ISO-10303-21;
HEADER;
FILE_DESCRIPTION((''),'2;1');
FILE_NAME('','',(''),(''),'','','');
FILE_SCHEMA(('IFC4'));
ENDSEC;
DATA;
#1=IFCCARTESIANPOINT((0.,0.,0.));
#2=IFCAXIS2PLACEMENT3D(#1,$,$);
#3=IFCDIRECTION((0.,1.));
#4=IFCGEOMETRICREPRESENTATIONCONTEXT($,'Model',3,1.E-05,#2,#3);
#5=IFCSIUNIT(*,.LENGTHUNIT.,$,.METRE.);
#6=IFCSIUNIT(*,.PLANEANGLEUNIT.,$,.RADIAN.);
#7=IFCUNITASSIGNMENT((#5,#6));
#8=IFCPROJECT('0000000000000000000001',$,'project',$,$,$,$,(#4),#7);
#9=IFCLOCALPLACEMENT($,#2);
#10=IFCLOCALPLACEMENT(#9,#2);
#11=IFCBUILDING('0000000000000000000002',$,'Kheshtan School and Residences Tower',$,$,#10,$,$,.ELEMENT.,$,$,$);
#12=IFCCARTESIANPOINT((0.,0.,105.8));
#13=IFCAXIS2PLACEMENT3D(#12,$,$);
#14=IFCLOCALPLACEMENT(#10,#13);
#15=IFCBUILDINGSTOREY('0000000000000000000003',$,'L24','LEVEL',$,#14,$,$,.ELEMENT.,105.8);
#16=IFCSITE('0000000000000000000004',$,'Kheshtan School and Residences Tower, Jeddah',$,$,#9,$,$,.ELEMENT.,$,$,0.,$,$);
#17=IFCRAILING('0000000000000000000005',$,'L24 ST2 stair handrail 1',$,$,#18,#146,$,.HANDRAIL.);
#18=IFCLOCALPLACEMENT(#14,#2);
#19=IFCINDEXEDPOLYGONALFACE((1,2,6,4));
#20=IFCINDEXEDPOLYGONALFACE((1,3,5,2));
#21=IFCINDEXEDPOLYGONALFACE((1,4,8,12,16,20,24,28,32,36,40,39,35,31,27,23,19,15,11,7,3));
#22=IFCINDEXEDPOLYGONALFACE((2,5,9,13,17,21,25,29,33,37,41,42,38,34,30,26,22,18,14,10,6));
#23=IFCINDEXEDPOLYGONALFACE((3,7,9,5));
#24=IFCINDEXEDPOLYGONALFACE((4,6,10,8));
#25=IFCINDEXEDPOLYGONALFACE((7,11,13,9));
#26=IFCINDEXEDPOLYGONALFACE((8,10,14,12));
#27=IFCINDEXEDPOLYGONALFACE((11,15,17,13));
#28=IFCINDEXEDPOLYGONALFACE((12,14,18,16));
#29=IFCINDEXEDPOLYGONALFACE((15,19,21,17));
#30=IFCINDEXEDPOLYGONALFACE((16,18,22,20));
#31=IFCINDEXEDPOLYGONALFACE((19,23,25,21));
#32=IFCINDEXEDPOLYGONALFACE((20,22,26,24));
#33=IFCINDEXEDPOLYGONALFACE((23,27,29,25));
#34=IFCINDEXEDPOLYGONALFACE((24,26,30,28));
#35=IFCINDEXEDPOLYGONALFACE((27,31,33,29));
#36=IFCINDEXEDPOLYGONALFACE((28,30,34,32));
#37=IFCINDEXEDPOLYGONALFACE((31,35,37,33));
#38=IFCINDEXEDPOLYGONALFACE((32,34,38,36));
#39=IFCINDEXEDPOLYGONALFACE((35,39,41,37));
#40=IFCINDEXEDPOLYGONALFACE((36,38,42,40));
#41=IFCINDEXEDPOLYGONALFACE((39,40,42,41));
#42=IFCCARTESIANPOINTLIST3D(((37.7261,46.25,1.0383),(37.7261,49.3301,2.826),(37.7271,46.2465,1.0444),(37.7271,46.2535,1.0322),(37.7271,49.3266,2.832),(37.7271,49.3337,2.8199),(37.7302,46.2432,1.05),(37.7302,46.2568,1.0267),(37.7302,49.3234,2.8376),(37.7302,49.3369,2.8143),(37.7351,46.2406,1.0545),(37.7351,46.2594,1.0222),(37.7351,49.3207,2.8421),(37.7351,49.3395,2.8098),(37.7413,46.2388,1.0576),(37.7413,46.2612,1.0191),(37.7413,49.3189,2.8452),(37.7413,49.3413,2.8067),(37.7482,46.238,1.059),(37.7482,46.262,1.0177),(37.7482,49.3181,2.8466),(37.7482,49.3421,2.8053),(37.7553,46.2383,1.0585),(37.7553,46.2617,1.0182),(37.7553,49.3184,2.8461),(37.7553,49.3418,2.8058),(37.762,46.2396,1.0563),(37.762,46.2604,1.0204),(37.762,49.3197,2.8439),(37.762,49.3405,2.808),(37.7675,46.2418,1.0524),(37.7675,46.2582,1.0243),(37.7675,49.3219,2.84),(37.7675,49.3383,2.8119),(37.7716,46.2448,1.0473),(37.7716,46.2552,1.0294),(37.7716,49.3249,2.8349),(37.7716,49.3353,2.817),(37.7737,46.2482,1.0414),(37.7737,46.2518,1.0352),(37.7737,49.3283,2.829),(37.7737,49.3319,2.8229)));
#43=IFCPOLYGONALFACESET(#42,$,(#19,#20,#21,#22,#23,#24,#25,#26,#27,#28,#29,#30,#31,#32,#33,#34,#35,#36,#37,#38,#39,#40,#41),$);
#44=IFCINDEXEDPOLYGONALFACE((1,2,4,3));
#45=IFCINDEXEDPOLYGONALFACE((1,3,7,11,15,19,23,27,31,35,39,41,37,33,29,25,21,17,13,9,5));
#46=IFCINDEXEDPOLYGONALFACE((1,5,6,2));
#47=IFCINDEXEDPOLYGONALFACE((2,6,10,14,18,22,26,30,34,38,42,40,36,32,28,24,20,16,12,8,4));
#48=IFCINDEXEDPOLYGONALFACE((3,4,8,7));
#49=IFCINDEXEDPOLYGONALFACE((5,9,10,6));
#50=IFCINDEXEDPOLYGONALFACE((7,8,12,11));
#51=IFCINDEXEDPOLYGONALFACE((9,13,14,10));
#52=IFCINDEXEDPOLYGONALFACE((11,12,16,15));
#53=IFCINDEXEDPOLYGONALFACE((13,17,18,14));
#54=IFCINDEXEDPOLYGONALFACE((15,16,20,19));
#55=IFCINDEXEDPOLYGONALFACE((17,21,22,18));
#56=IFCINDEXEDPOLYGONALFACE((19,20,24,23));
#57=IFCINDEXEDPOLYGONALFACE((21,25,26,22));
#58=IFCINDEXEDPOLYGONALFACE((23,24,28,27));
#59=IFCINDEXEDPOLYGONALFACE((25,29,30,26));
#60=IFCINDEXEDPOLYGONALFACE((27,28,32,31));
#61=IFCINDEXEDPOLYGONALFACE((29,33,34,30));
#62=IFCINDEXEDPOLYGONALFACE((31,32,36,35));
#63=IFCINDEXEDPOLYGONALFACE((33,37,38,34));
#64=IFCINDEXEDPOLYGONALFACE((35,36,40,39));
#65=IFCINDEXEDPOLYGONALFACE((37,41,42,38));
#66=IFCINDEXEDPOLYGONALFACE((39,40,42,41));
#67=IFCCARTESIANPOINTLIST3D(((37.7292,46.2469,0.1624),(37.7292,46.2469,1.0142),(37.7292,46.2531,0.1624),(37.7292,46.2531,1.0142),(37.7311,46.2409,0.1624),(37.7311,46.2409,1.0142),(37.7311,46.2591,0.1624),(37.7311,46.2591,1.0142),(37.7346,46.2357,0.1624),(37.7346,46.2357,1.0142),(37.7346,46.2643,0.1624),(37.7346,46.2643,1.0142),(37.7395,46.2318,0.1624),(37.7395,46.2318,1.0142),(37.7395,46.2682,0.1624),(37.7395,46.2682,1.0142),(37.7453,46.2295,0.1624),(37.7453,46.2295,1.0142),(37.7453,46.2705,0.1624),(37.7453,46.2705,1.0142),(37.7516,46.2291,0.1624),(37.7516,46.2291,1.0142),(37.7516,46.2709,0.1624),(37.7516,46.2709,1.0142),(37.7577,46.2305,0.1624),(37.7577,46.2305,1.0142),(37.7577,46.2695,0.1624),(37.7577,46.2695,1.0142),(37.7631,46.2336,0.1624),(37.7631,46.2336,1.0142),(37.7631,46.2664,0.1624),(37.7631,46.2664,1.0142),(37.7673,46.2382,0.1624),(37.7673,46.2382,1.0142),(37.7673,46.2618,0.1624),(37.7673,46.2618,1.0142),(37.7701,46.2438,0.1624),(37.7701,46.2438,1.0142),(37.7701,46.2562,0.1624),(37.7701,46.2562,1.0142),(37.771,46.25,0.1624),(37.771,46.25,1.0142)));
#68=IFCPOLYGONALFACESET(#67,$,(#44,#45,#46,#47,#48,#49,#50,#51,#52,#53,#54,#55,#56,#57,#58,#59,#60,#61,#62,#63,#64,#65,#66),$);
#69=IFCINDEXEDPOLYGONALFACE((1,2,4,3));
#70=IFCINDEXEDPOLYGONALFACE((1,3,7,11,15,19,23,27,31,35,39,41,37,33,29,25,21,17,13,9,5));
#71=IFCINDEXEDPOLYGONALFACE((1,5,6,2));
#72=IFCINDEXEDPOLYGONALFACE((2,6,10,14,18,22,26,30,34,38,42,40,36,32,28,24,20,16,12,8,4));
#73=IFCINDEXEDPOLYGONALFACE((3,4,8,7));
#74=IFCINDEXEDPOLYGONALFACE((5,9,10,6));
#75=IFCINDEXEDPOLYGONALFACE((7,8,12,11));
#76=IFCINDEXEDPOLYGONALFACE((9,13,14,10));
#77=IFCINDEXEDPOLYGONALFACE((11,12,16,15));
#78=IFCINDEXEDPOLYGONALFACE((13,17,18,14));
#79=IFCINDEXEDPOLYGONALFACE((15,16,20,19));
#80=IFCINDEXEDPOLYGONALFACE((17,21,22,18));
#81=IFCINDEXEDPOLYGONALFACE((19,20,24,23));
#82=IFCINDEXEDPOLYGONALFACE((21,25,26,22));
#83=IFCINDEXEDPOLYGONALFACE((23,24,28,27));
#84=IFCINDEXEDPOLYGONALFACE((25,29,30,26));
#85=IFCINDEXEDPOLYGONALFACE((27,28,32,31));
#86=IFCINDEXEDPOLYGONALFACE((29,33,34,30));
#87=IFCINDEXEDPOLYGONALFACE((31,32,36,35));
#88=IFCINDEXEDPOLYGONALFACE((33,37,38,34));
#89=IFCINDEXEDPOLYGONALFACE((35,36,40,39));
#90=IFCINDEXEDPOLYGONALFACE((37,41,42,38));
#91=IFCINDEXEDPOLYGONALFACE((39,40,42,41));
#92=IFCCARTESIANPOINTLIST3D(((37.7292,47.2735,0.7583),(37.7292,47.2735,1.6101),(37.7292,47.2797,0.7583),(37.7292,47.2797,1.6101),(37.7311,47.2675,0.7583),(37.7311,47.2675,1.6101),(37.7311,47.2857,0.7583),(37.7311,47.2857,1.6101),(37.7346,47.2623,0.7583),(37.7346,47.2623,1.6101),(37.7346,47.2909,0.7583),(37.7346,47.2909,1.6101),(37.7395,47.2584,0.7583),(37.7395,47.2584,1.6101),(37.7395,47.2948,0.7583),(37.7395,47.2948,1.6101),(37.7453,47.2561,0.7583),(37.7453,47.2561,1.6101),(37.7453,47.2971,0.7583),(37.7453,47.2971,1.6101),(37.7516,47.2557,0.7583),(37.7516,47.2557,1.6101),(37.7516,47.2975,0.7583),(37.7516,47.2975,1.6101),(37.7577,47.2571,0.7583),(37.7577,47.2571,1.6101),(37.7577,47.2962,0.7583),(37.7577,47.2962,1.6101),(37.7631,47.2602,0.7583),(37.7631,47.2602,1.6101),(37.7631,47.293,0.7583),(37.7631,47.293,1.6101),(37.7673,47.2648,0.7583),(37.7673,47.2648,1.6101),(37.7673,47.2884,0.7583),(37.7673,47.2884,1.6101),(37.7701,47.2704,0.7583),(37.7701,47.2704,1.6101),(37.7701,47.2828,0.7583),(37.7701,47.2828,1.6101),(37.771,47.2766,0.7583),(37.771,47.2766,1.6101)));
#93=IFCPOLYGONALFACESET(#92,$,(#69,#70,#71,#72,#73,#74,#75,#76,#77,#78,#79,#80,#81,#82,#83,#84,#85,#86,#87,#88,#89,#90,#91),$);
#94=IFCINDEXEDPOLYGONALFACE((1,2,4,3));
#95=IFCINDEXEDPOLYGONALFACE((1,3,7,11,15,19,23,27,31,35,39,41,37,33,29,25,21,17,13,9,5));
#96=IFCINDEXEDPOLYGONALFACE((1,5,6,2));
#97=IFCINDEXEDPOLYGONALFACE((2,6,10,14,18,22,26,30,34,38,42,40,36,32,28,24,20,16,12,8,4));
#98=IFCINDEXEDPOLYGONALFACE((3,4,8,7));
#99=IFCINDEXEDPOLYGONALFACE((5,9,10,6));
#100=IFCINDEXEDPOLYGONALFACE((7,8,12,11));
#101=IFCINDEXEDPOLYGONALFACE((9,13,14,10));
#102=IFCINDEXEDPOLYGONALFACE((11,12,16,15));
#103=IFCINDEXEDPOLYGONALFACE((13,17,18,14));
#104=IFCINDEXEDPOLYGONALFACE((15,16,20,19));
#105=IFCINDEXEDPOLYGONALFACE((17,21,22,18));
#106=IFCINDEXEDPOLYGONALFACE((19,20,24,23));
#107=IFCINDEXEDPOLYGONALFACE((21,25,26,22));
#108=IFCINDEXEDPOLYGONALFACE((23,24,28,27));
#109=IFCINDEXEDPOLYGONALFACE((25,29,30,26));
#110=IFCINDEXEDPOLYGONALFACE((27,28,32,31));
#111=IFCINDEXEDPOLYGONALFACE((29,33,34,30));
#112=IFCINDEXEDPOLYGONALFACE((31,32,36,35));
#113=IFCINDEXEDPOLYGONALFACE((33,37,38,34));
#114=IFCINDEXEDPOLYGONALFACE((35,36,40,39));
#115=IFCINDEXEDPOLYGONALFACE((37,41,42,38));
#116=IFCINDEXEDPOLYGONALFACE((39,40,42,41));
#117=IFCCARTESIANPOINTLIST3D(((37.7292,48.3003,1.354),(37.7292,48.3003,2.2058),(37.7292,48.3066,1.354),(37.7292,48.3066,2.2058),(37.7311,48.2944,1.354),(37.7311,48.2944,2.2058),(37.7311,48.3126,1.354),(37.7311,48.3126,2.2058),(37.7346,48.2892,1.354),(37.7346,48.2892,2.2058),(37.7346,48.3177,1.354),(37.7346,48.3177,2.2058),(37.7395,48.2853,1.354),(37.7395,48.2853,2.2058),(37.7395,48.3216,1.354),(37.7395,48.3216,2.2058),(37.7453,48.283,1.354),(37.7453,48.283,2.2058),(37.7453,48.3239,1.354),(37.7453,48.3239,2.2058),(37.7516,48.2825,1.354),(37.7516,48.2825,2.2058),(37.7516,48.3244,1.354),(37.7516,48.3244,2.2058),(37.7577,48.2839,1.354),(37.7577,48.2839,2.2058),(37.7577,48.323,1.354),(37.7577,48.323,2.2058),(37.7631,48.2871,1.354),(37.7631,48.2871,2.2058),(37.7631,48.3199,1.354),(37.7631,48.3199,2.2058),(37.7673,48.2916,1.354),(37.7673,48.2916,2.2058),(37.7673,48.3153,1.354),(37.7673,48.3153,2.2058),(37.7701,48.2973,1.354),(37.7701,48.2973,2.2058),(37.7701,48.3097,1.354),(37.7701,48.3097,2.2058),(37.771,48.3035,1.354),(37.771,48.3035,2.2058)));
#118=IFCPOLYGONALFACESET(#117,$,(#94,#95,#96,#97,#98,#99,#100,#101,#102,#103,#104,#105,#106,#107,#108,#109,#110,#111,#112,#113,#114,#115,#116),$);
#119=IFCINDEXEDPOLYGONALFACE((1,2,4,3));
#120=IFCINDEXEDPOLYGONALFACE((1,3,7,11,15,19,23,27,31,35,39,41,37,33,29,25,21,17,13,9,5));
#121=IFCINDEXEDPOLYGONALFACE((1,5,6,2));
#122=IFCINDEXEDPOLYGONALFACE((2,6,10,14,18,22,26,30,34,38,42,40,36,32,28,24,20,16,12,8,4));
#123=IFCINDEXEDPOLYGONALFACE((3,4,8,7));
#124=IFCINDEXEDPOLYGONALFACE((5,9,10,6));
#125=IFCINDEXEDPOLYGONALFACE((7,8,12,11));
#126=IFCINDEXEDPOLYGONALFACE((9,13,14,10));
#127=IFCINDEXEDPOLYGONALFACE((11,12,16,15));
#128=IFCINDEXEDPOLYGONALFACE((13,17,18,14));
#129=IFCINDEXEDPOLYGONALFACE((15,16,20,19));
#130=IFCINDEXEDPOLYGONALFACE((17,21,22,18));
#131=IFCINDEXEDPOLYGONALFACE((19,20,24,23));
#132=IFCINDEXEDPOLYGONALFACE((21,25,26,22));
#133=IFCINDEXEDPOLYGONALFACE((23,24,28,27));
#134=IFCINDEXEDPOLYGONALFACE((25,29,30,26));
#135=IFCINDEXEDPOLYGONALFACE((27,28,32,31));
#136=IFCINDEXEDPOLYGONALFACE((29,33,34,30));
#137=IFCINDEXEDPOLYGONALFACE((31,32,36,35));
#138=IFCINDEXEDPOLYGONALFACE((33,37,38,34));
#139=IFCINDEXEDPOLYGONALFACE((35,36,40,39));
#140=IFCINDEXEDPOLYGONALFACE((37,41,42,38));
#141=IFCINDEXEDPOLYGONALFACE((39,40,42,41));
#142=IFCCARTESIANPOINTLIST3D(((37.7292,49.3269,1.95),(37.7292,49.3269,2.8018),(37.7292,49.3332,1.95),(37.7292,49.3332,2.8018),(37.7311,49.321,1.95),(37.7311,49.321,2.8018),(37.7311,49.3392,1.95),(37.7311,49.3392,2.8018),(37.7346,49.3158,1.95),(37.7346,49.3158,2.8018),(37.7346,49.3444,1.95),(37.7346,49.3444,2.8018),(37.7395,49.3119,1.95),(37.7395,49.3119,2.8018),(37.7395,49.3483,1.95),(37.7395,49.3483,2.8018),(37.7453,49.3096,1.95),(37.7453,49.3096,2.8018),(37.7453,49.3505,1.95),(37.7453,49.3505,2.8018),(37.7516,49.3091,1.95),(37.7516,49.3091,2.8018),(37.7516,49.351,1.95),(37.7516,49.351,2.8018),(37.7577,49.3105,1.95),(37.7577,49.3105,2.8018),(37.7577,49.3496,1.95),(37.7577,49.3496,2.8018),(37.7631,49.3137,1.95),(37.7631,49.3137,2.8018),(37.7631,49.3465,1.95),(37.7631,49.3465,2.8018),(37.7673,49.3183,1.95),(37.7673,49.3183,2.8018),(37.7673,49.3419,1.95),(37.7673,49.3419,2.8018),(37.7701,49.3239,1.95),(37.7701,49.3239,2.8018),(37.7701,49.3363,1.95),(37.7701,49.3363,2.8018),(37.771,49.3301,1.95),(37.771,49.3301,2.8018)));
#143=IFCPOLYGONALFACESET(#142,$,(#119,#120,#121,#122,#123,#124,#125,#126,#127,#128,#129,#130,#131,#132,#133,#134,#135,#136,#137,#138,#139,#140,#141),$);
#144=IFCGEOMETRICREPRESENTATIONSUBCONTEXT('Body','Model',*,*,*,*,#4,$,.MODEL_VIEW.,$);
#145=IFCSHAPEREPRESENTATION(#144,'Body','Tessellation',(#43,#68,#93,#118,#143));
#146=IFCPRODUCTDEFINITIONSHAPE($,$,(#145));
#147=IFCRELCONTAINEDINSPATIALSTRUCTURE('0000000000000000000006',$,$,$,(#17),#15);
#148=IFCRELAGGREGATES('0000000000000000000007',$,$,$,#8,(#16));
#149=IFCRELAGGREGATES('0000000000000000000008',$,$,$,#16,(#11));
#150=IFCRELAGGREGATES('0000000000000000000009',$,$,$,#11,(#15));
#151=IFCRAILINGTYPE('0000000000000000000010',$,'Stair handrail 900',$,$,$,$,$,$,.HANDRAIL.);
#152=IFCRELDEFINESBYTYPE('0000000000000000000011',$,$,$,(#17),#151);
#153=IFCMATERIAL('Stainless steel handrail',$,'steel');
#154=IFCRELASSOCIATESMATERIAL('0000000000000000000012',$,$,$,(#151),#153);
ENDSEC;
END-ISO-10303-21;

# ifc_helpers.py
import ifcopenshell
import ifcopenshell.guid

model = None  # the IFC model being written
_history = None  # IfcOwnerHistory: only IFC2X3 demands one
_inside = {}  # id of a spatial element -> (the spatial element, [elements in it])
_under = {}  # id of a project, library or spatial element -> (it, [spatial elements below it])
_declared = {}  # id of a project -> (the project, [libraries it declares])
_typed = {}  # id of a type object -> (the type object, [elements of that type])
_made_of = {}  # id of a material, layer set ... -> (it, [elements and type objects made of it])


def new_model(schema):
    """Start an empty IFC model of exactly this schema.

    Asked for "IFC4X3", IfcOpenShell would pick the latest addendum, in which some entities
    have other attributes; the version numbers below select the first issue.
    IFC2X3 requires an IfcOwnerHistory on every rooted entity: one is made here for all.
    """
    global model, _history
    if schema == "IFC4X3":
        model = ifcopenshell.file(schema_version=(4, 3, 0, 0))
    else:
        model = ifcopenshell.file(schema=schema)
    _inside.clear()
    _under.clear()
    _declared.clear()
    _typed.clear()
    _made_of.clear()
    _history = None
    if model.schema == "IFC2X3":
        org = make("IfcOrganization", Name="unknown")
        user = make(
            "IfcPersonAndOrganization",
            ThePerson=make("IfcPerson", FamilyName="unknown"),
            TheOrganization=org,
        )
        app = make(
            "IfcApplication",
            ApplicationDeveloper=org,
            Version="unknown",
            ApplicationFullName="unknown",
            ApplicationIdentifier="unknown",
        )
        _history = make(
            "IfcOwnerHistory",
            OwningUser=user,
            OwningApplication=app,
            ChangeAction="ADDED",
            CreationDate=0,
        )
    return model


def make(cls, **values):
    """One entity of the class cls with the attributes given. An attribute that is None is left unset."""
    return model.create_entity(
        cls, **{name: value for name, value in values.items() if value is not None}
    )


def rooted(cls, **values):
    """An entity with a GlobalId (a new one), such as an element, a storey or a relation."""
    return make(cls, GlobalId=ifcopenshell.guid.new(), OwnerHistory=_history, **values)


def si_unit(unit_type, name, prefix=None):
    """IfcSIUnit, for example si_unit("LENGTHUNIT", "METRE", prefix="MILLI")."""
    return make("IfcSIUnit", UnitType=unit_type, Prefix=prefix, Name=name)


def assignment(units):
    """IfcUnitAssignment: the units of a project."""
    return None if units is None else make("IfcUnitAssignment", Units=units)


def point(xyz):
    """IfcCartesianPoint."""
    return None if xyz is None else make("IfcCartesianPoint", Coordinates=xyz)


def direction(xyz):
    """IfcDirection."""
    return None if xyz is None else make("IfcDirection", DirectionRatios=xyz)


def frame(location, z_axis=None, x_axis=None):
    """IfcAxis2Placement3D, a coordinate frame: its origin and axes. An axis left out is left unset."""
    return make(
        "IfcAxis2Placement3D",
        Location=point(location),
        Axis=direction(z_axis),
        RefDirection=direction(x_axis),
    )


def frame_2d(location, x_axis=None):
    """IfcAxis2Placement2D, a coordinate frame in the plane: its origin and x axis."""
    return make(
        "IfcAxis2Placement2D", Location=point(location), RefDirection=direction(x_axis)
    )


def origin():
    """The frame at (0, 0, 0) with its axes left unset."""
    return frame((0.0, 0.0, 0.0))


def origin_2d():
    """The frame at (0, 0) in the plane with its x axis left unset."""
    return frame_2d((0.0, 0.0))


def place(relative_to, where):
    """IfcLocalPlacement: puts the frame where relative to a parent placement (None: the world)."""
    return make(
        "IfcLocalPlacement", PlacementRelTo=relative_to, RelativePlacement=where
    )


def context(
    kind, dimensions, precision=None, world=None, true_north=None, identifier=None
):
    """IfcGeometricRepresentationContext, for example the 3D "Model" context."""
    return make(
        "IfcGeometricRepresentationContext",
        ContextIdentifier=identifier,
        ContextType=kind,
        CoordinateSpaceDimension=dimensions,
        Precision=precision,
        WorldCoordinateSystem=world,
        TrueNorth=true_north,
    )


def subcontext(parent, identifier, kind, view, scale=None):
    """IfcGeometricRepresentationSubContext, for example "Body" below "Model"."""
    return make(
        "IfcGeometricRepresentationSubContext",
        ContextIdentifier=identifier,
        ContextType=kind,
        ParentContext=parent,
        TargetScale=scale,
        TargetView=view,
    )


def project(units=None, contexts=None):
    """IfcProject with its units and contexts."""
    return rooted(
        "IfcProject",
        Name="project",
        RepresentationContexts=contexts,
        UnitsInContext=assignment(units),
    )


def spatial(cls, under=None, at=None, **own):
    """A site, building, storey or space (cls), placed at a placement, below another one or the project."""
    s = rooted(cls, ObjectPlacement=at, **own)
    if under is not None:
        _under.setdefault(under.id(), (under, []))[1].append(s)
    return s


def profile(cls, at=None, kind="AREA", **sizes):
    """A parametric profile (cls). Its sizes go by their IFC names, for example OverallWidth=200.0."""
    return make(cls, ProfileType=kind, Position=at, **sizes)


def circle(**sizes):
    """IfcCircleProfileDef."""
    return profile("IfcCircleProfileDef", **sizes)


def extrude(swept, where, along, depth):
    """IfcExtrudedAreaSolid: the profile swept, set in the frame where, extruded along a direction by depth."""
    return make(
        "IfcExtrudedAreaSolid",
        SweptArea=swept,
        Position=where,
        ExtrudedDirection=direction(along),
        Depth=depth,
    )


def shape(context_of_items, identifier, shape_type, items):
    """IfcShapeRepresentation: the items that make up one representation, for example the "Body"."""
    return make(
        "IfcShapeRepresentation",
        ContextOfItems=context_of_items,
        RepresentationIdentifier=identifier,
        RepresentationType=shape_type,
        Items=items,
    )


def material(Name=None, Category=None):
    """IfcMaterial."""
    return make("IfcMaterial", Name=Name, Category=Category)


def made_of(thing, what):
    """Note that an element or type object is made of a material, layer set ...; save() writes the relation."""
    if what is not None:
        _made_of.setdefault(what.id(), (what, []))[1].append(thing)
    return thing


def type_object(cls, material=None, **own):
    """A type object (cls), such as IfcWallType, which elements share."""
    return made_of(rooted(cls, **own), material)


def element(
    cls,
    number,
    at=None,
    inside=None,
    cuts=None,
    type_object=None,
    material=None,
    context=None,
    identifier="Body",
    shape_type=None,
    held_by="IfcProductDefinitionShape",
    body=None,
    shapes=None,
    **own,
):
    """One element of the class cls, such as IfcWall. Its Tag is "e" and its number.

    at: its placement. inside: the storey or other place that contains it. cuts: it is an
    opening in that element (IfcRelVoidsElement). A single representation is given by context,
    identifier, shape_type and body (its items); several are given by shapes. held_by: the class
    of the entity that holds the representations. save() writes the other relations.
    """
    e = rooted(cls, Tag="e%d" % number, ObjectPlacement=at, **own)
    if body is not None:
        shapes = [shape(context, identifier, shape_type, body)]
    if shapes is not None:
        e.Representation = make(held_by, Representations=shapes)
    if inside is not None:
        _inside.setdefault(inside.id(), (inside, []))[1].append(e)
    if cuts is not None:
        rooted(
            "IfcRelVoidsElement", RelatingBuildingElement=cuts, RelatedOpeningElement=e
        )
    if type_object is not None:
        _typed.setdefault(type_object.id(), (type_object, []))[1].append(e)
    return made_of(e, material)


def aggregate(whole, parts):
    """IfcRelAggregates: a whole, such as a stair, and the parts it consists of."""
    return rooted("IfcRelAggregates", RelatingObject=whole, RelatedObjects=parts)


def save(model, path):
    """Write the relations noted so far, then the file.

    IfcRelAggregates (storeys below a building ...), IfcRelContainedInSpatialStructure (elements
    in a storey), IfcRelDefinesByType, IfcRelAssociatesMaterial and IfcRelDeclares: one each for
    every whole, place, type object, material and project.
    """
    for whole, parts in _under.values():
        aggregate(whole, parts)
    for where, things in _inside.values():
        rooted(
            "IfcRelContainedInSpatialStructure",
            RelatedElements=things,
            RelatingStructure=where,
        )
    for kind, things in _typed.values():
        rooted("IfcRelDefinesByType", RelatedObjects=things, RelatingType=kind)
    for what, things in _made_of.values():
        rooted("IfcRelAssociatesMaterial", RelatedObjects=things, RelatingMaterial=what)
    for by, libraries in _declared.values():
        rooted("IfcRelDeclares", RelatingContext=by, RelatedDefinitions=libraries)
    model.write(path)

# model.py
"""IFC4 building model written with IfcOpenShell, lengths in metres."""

from ifc_helpers import new_model, si_unit, direction, frame, origin, origin_2d, place, context, subcontext, project, spatial, circle, extrude, material, type_object, element, save


model = new_model("IFC4")

# Units and contexts
model_context = context("Model", 3, precision=1e-05, world=origin(), true_north=direction((0.0, 1.0)))
body_context = subcontext(model_context, "Body", "Model", "MODEL_VIEW")
ifc_project = project(units=[si_unit("LENGTHUNIT", "METRE"), si_unit("PLANEANGLEUNIT", "RADIAN")], contexts=[model_context])

# Site, building, storey
site_placement = place(None, origin())
site = spatial("IfcSite", under=ifc_project, at=site_placement, Name="Kheshtan School and Residences Tower, Jeddah", CompositionType="ELEMENT", RefElevation=0.0)
building_placement = place(site_placement, origin())
building = spatial("IfcBuilding", under=site, at=building_placement, Name="Kheshtan School and Residences Tower", CompositionType="ELEMENT")
storey_placement = place(building_placement, frame((0.0, 0.0, 105.8)))
storey = spatial("IfcBuildingStorey", under=building, at=storey_placement, Name="L24", Description="LEVEL", CompositionType="ELEMENT", Elevation=105.8)

# Railing
ifc_material_1 = material(Name="Stainless steel handrail", Category="steel")
railing_type_1 = type_object("IfcRailingType", Name="Stair handrail 900", PredefinedType="HANDRAIL", material=ifc_material_1)
railing_1_placement = place(storey_placement, frame((37.75, 46.25, 0.1624)))
element("IfcRailing", 1, at=railing_1_placement, inside=storey, type_object=railing_type_1, Name="L24 ST2 stair handrail 1", PredefinedType="HANDRAIL", context=body_context, shape_type="SweptSolid", body=[
    extrude(circle(Radius=0.0239, at=origin_2d()), frame((0.0, 0.0, 0.876), z_axis=(0.0, 0.864891, 0.50196), x_axis=(-1.0, 0.0, 0.0)), (0.0, 0.0, 1.0), 3.5613),
    extrude(circle(Radius=0.021, at=origin_2d()), origin(), (0.0, 0.0, 1.0), 0.8518),
    extrude(circle(Radius=0.021, at=origin_2d()), frame((0.0, 1.0266, 0.5959)), (0.0, 0.0, 1.0), 0.8518),
    extrude(circle(Radius=0.021, at=origin_2d()), frame((0.0, 2.0535, 1.1917)), (0.0, 0.0, 1.0), 0.8518),
    extrude(circle(Radius=0.021, at=origin_2d()), frame((0.0, 3.0801, 1.7876)), (0.0, 0.0, 1.0), 0.8518),
])

save(model, "model.ifc")
